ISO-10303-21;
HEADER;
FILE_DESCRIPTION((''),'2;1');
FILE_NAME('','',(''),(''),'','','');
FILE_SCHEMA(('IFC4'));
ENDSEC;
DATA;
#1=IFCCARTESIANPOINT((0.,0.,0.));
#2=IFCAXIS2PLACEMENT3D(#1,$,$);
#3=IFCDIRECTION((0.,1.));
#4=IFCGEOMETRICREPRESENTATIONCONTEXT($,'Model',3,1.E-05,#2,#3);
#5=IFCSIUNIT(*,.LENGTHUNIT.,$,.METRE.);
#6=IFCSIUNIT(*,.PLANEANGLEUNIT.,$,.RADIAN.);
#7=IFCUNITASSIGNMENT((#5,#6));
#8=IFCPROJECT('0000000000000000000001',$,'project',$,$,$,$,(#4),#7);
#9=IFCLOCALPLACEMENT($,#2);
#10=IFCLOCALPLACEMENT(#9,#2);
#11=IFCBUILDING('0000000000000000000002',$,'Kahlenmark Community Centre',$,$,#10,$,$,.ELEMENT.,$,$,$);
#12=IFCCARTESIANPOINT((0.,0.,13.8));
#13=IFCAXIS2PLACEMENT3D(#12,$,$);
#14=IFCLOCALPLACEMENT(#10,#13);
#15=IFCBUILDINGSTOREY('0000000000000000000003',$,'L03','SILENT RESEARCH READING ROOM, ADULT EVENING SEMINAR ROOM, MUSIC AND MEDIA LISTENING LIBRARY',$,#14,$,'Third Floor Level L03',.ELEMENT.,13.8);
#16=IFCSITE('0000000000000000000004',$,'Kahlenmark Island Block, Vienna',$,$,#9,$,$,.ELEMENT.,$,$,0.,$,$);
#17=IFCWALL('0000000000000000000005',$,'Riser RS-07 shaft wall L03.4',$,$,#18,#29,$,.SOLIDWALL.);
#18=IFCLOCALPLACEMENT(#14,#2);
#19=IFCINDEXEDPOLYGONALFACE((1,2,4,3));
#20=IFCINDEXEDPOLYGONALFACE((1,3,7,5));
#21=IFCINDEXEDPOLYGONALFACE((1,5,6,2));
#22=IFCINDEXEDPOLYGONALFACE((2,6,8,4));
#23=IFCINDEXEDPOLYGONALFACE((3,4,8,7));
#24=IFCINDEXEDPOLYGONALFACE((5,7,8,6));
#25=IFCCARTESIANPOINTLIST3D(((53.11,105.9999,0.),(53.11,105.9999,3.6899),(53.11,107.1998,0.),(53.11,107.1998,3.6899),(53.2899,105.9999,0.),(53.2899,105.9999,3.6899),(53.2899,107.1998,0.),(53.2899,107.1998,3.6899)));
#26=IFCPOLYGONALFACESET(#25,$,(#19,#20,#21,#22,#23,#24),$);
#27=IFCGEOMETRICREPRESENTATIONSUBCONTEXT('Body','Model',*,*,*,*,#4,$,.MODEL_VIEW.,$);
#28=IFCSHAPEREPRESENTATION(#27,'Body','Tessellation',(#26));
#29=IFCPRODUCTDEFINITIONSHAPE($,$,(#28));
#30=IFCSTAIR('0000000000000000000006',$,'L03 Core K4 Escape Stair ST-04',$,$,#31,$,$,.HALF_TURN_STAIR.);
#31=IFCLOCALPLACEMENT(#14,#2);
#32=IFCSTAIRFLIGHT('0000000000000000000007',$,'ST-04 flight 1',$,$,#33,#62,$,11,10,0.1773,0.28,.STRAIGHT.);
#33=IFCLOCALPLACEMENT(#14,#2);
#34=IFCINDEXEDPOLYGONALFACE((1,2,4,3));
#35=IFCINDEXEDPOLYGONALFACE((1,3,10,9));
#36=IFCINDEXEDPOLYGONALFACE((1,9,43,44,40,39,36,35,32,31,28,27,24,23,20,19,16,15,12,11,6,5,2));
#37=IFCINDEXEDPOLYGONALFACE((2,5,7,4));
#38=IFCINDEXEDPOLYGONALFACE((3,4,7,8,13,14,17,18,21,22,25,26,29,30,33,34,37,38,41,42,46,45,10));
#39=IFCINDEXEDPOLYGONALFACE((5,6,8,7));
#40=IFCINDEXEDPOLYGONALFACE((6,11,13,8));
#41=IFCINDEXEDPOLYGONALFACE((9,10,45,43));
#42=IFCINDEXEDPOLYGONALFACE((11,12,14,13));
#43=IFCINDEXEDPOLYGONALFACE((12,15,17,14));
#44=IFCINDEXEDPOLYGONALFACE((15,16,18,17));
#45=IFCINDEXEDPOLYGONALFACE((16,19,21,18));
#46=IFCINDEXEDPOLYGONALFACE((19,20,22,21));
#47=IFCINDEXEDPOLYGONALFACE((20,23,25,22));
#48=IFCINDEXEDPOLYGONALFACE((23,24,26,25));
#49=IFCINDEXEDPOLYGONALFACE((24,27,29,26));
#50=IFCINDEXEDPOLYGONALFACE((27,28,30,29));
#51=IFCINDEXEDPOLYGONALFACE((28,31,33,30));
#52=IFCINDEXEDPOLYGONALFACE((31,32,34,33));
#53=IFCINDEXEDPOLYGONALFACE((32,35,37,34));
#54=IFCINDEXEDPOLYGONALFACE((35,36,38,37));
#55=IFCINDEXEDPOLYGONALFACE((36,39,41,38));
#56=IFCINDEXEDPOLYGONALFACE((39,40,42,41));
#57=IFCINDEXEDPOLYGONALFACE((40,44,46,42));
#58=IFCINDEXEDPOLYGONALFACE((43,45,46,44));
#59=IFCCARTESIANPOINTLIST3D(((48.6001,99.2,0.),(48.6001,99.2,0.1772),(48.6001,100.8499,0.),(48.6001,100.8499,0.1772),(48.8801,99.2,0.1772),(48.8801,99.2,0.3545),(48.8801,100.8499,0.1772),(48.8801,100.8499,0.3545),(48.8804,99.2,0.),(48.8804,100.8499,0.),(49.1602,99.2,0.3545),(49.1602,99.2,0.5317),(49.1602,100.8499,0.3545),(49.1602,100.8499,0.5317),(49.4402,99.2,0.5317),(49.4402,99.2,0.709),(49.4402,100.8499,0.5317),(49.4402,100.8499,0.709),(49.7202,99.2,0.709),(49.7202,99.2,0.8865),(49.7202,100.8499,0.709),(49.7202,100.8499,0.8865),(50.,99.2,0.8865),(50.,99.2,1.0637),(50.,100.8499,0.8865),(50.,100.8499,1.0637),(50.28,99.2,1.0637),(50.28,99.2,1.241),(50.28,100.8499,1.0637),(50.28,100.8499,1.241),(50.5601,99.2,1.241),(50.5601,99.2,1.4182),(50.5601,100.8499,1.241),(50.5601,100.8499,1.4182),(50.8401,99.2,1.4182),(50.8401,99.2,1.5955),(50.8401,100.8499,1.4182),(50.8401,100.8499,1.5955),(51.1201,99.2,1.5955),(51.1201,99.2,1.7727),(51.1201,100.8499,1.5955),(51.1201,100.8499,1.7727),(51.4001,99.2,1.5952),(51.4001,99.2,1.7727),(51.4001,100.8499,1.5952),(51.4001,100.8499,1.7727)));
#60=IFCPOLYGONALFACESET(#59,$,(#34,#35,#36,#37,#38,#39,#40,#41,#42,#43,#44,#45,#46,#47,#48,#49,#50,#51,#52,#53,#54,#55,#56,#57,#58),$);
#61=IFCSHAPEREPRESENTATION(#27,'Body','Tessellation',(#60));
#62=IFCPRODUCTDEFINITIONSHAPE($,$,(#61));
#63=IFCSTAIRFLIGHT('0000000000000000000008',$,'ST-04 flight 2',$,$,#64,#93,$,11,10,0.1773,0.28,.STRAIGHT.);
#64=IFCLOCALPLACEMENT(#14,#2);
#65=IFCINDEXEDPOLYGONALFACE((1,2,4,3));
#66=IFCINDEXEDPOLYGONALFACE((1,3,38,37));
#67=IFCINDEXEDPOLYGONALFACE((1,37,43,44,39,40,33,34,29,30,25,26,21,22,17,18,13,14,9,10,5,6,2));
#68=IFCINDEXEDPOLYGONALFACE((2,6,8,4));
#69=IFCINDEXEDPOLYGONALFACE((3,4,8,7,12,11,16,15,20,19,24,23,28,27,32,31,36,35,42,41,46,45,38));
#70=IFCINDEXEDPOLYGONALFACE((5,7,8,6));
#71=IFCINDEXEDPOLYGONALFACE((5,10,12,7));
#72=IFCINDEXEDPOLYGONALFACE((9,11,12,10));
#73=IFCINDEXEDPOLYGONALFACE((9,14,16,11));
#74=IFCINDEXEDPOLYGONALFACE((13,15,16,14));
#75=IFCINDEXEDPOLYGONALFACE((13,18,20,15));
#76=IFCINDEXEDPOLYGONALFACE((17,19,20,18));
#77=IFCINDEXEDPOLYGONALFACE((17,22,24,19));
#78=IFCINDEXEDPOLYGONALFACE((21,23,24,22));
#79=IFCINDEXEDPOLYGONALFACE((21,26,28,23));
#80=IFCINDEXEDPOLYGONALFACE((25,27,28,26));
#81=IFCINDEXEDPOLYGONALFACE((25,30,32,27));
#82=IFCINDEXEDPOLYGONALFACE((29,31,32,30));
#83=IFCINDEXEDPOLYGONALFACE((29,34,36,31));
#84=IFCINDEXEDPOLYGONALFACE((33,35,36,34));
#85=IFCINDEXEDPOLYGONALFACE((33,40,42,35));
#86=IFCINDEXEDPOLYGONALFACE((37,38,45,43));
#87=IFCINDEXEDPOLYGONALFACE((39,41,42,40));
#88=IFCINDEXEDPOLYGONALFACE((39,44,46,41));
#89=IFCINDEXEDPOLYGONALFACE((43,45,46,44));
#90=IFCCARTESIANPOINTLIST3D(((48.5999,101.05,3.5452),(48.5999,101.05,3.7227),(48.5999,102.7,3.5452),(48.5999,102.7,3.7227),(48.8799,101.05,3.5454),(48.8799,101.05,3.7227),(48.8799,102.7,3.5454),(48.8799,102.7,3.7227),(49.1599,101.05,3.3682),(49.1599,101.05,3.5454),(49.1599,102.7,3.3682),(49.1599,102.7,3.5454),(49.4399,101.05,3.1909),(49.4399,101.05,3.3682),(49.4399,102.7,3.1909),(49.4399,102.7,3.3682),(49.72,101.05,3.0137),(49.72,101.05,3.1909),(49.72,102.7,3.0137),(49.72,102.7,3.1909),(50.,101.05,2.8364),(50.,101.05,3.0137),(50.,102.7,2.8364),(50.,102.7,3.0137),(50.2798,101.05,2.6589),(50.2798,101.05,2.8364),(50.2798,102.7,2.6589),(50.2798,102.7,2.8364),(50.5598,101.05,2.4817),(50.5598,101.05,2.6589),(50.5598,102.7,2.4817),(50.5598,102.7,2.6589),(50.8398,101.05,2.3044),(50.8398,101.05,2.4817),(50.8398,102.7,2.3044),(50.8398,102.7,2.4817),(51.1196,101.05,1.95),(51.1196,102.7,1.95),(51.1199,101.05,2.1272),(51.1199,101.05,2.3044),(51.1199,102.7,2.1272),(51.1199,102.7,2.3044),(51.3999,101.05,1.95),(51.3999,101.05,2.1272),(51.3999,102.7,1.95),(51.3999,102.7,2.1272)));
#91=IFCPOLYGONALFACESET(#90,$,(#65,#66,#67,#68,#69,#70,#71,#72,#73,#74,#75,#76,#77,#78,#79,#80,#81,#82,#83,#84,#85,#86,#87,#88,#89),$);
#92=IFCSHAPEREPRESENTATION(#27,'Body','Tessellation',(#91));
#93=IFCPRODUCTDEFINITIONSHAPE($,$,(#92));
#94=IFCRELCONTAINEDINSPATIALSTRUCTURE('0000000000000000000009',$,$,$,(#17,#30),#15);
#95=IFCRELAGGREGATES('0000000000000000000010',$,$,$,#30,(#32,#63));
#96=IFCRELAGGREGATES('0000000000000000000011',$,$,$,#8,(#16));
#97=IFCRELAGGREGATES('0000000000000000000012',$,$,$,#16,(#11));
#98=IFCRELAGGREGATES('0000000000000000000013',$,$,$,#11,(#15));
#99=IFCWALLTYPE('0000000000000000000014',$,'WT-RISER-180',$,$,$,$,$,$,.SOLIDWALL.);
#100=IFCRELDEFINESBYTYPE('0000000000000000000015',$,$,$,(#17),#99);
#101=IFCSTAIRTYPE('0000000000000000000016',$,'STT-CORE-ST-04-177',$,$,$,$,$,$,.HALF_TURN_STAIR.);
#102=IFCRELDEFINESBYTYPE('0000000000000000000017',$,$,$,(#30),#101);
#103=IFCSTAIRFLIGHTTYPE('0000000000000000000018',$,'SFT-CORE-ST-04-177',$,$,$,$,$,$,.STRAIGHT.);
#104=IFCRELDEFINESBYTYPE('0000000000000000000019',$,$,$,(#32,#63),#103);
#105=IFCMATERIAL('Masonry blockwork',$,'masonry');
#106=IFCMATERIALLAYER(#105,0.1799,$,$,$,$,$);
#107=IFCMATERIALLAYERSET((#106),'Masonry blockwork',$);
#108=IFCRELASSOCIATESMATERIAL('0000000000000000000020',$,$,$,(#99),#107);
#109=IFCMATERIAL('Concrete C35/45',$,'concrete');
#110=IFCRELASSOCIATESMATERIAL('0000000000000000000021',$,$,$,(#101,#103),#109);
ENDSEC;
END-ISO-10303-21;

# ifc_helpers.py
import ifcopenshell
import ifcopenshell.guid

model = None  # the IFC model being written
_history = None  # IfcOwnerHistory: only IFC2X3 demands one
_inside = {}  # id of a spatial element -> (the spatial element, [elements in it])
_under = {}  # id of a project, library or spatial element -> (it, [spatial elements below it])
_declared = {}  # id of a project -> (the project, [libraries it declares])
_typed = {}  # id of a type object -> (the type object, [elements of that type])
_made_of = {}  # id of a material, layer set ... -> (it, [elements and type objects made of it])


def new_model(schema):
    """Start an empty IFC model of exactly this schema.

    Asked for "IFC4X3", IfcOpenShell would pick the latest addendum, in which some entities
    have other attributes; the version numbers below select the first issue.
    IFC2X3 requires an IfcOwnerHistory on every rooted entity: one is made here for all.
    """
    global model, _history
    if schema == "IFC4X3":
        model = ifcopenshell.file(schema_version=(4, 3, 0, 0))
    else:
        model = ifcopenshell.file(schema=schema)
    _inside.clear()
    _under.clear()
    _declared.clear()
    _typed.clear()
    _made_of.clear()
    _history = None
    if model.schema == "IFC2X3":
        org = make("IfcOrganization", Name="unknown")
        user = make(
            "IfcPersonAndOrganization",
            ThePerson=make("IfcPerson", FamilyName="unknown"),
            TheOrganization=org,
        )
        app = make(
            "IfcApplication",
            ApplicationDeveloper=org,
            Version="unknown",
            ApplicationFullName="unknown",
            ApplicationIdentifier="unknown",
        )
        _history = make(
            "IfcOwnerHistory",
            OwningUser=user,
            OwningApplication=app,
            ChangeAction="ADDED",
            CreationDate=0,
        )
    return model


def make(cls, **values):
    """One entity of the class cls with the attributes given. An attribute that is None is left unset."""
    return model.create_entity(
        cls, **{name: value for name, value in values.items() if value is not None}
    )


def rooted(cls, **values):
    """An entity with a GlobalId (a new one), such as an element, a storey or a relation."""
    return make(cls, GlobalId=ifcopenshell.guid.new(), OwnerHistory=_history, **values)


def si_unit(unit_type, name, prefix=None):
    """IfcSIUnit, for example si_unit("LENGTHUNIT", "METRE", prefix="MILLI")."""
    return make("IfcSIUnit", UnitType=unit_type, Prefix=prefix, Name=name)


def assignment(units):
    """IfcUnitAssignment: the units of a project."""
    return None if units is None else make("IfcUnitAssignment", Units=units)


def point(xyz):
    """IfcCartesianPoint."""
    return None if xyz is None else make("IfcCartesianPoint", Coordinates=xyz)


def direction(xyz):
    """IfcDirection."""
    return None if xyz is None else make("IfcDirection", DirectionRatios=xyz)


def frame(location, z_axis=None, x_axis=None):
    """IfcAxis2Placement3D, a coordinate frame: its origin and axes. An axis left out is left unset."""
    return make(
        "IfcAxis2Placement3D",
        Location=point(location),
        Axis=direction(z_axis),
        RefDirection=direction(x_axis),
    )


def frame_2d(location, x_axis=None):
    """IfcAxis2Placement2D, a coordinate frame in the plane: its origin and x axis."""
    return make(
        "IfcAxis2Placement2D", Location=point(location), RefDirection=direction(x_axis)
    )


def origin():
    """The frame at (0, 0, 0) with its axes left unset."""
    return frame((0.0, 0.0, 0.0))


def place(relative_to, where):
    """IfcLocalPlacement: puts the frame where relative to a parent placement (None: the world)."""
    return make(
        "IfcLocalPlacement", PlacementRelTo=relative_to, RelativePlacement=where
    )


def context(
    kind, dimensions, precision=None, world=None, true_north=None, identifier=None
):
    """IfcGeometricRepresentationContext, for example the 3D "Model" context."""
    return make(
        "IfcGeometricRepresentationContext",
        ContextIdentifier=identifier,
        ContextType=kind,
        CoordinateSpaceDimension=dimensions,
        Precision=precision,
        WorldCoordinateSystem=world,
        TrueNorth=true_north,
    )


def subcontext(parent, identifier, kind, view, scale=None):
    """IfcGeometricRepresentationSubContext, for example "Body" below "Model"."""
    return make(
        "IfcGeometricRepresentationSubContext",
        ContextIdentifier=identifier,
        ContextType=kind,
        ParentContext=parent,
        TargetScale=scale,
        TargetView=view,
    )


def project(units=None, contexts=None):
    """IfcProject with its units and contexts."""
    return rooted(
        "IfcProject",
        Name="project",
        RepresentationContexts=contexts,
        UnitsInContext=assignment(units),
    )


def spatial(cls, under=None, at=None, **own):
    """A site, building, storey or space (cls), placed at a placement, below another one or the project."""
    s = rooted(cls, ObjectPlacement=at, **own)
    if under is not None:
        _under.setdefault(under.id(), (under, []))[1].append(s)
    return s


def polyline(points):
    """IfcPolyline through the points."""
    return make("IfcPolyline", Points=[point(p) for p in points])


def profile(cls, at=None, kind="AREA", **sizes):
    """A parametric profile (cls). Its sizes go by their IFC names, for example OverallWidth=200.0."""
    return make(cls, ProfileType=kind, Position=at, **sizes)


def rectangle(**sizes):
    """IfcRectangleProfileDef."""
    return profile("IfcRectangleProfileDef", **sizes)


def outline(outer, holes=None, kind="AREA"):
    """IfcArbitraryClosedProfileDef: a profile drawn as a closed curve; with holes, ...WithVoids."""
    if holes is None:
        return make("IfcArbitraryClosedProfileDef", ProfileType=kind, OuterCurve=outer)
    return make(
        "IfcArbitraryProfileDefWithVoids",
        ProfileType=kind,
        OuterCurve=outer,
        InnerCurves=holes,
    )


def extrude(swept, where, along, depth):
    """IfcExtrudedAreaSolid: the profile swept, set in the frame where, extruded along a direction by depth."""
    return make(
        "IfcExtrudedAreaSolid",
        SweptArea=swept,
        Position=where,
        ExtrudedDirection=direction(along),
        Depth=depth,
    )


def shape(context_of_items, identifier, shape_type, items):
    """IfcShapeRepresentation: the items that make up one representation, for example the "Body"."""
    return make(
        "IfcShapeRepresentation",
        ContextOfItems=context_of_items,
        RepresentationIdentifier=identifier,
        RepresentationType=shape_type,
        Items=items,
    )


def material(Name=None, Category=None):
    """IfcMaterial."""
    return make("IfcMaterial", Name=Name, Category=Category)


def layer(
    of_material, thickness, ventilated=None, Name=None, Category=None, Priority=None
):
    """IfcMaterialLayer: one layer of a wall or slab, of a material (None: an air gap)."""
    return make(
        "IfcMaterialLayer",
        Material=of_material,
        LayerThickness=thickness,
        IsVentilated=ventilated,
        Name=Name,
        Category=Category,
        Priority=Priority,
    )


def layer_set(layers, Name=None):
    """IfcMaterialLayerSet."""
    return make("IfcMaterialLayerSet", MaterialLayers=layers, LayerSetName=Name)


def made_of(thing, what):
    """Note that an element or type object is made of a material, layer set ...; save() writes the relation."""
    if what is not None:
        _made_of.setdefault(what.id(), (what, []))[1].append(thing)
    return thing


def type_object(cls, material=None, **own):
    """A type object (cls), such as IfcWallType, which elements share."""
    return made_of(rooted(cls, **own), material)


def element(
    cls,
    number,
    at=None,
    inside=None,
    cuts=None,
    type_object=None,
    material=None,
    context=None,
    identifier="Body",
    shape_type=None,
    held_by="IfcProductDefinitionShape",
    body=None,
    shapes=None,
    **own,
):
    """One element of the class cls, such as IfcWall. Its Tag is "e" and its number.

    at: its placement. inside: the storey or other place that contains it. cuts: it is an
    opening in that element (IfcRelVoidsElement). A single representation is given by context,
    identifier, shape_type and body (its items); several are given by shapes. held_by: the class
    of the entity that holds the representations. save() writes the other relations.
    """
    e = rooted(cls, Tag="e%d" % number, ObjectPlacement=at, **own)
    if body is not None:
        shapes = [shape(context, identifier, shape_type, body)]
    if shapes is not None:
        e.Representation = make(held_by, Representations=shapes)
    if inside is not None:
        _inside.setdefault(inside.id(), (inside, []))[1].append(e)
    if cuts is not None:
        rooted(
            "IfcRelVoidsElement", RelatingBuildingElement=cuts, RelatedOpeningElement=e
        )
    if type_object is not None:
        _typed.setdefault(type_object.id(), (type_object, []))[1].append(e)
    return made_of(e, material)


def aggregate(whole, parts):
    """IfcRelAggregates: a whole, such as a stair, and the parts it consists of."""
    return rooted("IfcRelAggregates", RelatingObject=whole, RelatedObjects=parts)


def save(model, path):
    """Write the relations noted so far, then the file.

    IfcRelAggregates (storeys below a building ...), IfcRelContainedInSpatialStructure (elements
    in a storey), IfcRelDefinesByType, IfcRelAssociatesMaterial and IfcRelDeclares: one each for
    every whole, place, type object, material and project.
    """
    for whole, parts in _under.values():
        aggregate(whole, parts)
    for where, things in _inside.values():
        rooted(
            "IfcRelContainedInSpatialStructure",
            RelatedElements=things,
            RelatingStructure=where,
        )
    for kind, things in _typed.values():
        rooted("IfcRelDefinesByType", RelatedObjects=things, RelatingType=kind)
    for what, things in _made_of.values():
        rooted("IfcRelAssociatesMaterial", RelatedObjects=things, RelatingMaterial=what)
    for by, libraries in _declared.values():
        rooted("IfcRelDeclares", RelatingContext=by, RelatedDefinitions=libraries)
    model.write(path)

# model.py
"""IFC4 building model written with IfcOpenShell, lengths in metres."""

from ifc_helpers import new_model, si_unit, direction, frame, frame_2d, origin, place, context, subcontext, project, spatial, polyline, rectangle, outline, extrude, material, layer, layer_set, type_object, element, aggregate, save


model = new_model("IFC4")

# Units and contexts
model_context = context("Model", 3, precision=1e-05, world=origin(), true_north=direction((0.0, 1.0)))
body_context = subcontext(model_context, "Body", "Model", "MODEL_VIEW")
ifc_project = project(units=[si_unit("LENGTHUNIT", "METRE"), si_unit("PLANEANGLEUNIT", "RADIAN")], contexts=[model_context])

# Site, building, storey
site_placement = place(None, origin())
site = spatial("IfcSite", under=ifc_project, at=site_placement, Name="Kahlenmark Island Block, Vienna", CompositionType="ELEMENT", RefElevation=0.0)
building_placement = place(site_placement, origin())
building = spatial("IfcBuilding", under=site, at=building_placement, Name="Kahlenmark Community Centre", CompositionType="ELEMENT")
storey_placement = place(building_placement, frame((0.0, 0.0, 13.8)))
storey = spatial("IfcBuildingStorey", under=building, at=storey_placement, Name="L03", Description="SILENT RESEARCH READING ROOM, ADULT EVENING SEMINAR ROOM, MUSIC AND MEDIA LISTENING LIBRARY", LongName="Third Floor Level L03", CompositionType="ELEMENT", Elevation=13.8)

# Shared definitions
ifc_material_1 = material(Name="Concrete C35/45", Category="concrete")

# Shared definitions
ifc_material_2 = material(Name="Masonry blockwork", Category="masonry")
ifc_layer_1 = layer(ifc_material_2, 0.1799)
ifc_layer_set_1 = layer_set([ifc_layer_1], Name="Masonry blockwork")
wall_type_1 = type_object("IfcWallType", Name="WT-RISER-180", PredefinedType="SOLIDWALL", material=ifc_layer_set_1)

# Wall
for number, where, z_axis, x_axis, name in (
    (1, (53.2, 107.2, 0.0), (0.0, 0.0, 1.0), (0.0, -1.0, 0.0), "Riser RS-07 shaft wall L03.4"),
):
    element("IfcWall", number, at=place(storey_placement, frame(where, z_axis=z_axis, x_axis=x_axis)), inside=storey, type_object=wall_type_1, Name=name, PredefinedType="SOLIDWALL", context=body_context, shape_type="SweptSolid", body=[
        extrude(rectangle(XDim=1.2, YDim=0.1799, at=frame_2d((0.6001, 0.0))), origin(), (0.0, 0.0, 1.0), 3.6899),
    ])

# Stair, stair flights
stair_type = type_object("IfcStairType", Name="STT-CORE-ST-04-177", PredefinedType="HALF_TURN_STAIR", material=ifc_material_1)
stair_placement = place(storey_placement, origin())
stair = element("IfcStair", 2, at=stair_placement, inside=storey, type_object=stair_type, Name="L03 Core K4 Escape Stair ST-04", PredefinedType="HALF_TURN_STAIR")
stair_flight_type = type_object("IfcStairFlightType", Name="SFT-CORE-ST-04-177", PredefinedType="STRAIGHT", material=ifc_material_1)
stair_flight_1_placement = place(storey_placement, frame((48.6001, 100.0249, 0.0), z_axis=(0.0, 0.0, 1.0), x_axis=(1.0, 0.0, 0.0)))
stair_flight_1 = element("IfcStairFlight", 3, at=stair_flight_1_placement, type_object=stair_flight_type, Name="ST-04 flight 1", NumberOfRisers=11, NumberOfTreads=10, PredefinedType="STRAIGHT", RiserHeight=0.1773, TreadLength=0.28, context=body_context, shape_type="SweptSolid", body=[
    extrude(outline(polyline([(0.0, 0.0), (0.0, 0.1772), (0.28, 0.1772), (0.28, 0.3545), (0.5601, 0.3545), (0.5601, 0.5317), (0.8401, 0.5317), (0.8401, 0.709), (1.1201, 0.709), (1.1201, 0.8865), (1.3999, 0.8865), (1.3999, 1.0637), (1.6799, 1.0637), (1.6799, 1.241), (1.96, 1.241), (1.96, 1.4182), (2.24, 1.4182), (2.24, 1.5955), (2.52, 1.5955), (2.52, 1.7727), (2.8, 1.7727), (2.8, 1.95), (2.8, 1.5952), (0.2803, 0.0), (0.0, 0.0)])), frame((0.0, 0.825, 0.0), z_axis=(0.0, -1.0, 0.0), x_axis=(1.0, 0.0, 0.0)), (0.0, 0.0, 1.0), 1.6499),
])
stair_flight_2_placement = place(storey_placement, frame((51.3999, 101.875, 1.95), z_axis=(0.0, 0.0, 1.0), x_axis=(-1.0, 0.0, 0.0)))
stair_flight_2 = element("IfcStairFlight", 4, at=stair_flight_2_placement, type_object=stair_flight_type, Name="ST-04 flight 2", NumberOfRisers=11, NumberOfTreads=10, PredefinedType="STRAIGHT", RiserHeight=0.1773, TreadLength=0.28, context=body_context, shape_type="SweptSolid", body=[
    extrude(outline(polyline([(0.0, 0.0), (0.0, 0.1772), (0.28, 0.1772), (0.28, 0.3545), (0.5601, 0.3545), (0.5601, 0.5317), (0.8401, 0.5317), (0.8401, 0.709), (1.1201, 0.709), (1.1201, 0.8865), (1.3999, 0.8865), (1.3999, 1.0637), (1.6799, 1.0637), (1.6799, 1.241), (1.96, 1.241), (1.96, 1.4182), (2.24, 1.4182), (2.24, 1.5955), (2.52, 1.5955), (2.52, 1.7727), (2.8, 1.7727), (2.8, 1.95), (2.8, 1.5952), (0.2803, 0.0), (0.0, 0.0)])), frame((0.0, 0.825, 0.0), z_axis=(0.0, -1.0, 0.0), x_axis=(1.0, 0.0, 0.0)), (0.0, 0.0, 1.0), 1.6499),
])
aggregate(stair, [stair_flight_1, stair_flight_2])

save(model, "model.ifc")
